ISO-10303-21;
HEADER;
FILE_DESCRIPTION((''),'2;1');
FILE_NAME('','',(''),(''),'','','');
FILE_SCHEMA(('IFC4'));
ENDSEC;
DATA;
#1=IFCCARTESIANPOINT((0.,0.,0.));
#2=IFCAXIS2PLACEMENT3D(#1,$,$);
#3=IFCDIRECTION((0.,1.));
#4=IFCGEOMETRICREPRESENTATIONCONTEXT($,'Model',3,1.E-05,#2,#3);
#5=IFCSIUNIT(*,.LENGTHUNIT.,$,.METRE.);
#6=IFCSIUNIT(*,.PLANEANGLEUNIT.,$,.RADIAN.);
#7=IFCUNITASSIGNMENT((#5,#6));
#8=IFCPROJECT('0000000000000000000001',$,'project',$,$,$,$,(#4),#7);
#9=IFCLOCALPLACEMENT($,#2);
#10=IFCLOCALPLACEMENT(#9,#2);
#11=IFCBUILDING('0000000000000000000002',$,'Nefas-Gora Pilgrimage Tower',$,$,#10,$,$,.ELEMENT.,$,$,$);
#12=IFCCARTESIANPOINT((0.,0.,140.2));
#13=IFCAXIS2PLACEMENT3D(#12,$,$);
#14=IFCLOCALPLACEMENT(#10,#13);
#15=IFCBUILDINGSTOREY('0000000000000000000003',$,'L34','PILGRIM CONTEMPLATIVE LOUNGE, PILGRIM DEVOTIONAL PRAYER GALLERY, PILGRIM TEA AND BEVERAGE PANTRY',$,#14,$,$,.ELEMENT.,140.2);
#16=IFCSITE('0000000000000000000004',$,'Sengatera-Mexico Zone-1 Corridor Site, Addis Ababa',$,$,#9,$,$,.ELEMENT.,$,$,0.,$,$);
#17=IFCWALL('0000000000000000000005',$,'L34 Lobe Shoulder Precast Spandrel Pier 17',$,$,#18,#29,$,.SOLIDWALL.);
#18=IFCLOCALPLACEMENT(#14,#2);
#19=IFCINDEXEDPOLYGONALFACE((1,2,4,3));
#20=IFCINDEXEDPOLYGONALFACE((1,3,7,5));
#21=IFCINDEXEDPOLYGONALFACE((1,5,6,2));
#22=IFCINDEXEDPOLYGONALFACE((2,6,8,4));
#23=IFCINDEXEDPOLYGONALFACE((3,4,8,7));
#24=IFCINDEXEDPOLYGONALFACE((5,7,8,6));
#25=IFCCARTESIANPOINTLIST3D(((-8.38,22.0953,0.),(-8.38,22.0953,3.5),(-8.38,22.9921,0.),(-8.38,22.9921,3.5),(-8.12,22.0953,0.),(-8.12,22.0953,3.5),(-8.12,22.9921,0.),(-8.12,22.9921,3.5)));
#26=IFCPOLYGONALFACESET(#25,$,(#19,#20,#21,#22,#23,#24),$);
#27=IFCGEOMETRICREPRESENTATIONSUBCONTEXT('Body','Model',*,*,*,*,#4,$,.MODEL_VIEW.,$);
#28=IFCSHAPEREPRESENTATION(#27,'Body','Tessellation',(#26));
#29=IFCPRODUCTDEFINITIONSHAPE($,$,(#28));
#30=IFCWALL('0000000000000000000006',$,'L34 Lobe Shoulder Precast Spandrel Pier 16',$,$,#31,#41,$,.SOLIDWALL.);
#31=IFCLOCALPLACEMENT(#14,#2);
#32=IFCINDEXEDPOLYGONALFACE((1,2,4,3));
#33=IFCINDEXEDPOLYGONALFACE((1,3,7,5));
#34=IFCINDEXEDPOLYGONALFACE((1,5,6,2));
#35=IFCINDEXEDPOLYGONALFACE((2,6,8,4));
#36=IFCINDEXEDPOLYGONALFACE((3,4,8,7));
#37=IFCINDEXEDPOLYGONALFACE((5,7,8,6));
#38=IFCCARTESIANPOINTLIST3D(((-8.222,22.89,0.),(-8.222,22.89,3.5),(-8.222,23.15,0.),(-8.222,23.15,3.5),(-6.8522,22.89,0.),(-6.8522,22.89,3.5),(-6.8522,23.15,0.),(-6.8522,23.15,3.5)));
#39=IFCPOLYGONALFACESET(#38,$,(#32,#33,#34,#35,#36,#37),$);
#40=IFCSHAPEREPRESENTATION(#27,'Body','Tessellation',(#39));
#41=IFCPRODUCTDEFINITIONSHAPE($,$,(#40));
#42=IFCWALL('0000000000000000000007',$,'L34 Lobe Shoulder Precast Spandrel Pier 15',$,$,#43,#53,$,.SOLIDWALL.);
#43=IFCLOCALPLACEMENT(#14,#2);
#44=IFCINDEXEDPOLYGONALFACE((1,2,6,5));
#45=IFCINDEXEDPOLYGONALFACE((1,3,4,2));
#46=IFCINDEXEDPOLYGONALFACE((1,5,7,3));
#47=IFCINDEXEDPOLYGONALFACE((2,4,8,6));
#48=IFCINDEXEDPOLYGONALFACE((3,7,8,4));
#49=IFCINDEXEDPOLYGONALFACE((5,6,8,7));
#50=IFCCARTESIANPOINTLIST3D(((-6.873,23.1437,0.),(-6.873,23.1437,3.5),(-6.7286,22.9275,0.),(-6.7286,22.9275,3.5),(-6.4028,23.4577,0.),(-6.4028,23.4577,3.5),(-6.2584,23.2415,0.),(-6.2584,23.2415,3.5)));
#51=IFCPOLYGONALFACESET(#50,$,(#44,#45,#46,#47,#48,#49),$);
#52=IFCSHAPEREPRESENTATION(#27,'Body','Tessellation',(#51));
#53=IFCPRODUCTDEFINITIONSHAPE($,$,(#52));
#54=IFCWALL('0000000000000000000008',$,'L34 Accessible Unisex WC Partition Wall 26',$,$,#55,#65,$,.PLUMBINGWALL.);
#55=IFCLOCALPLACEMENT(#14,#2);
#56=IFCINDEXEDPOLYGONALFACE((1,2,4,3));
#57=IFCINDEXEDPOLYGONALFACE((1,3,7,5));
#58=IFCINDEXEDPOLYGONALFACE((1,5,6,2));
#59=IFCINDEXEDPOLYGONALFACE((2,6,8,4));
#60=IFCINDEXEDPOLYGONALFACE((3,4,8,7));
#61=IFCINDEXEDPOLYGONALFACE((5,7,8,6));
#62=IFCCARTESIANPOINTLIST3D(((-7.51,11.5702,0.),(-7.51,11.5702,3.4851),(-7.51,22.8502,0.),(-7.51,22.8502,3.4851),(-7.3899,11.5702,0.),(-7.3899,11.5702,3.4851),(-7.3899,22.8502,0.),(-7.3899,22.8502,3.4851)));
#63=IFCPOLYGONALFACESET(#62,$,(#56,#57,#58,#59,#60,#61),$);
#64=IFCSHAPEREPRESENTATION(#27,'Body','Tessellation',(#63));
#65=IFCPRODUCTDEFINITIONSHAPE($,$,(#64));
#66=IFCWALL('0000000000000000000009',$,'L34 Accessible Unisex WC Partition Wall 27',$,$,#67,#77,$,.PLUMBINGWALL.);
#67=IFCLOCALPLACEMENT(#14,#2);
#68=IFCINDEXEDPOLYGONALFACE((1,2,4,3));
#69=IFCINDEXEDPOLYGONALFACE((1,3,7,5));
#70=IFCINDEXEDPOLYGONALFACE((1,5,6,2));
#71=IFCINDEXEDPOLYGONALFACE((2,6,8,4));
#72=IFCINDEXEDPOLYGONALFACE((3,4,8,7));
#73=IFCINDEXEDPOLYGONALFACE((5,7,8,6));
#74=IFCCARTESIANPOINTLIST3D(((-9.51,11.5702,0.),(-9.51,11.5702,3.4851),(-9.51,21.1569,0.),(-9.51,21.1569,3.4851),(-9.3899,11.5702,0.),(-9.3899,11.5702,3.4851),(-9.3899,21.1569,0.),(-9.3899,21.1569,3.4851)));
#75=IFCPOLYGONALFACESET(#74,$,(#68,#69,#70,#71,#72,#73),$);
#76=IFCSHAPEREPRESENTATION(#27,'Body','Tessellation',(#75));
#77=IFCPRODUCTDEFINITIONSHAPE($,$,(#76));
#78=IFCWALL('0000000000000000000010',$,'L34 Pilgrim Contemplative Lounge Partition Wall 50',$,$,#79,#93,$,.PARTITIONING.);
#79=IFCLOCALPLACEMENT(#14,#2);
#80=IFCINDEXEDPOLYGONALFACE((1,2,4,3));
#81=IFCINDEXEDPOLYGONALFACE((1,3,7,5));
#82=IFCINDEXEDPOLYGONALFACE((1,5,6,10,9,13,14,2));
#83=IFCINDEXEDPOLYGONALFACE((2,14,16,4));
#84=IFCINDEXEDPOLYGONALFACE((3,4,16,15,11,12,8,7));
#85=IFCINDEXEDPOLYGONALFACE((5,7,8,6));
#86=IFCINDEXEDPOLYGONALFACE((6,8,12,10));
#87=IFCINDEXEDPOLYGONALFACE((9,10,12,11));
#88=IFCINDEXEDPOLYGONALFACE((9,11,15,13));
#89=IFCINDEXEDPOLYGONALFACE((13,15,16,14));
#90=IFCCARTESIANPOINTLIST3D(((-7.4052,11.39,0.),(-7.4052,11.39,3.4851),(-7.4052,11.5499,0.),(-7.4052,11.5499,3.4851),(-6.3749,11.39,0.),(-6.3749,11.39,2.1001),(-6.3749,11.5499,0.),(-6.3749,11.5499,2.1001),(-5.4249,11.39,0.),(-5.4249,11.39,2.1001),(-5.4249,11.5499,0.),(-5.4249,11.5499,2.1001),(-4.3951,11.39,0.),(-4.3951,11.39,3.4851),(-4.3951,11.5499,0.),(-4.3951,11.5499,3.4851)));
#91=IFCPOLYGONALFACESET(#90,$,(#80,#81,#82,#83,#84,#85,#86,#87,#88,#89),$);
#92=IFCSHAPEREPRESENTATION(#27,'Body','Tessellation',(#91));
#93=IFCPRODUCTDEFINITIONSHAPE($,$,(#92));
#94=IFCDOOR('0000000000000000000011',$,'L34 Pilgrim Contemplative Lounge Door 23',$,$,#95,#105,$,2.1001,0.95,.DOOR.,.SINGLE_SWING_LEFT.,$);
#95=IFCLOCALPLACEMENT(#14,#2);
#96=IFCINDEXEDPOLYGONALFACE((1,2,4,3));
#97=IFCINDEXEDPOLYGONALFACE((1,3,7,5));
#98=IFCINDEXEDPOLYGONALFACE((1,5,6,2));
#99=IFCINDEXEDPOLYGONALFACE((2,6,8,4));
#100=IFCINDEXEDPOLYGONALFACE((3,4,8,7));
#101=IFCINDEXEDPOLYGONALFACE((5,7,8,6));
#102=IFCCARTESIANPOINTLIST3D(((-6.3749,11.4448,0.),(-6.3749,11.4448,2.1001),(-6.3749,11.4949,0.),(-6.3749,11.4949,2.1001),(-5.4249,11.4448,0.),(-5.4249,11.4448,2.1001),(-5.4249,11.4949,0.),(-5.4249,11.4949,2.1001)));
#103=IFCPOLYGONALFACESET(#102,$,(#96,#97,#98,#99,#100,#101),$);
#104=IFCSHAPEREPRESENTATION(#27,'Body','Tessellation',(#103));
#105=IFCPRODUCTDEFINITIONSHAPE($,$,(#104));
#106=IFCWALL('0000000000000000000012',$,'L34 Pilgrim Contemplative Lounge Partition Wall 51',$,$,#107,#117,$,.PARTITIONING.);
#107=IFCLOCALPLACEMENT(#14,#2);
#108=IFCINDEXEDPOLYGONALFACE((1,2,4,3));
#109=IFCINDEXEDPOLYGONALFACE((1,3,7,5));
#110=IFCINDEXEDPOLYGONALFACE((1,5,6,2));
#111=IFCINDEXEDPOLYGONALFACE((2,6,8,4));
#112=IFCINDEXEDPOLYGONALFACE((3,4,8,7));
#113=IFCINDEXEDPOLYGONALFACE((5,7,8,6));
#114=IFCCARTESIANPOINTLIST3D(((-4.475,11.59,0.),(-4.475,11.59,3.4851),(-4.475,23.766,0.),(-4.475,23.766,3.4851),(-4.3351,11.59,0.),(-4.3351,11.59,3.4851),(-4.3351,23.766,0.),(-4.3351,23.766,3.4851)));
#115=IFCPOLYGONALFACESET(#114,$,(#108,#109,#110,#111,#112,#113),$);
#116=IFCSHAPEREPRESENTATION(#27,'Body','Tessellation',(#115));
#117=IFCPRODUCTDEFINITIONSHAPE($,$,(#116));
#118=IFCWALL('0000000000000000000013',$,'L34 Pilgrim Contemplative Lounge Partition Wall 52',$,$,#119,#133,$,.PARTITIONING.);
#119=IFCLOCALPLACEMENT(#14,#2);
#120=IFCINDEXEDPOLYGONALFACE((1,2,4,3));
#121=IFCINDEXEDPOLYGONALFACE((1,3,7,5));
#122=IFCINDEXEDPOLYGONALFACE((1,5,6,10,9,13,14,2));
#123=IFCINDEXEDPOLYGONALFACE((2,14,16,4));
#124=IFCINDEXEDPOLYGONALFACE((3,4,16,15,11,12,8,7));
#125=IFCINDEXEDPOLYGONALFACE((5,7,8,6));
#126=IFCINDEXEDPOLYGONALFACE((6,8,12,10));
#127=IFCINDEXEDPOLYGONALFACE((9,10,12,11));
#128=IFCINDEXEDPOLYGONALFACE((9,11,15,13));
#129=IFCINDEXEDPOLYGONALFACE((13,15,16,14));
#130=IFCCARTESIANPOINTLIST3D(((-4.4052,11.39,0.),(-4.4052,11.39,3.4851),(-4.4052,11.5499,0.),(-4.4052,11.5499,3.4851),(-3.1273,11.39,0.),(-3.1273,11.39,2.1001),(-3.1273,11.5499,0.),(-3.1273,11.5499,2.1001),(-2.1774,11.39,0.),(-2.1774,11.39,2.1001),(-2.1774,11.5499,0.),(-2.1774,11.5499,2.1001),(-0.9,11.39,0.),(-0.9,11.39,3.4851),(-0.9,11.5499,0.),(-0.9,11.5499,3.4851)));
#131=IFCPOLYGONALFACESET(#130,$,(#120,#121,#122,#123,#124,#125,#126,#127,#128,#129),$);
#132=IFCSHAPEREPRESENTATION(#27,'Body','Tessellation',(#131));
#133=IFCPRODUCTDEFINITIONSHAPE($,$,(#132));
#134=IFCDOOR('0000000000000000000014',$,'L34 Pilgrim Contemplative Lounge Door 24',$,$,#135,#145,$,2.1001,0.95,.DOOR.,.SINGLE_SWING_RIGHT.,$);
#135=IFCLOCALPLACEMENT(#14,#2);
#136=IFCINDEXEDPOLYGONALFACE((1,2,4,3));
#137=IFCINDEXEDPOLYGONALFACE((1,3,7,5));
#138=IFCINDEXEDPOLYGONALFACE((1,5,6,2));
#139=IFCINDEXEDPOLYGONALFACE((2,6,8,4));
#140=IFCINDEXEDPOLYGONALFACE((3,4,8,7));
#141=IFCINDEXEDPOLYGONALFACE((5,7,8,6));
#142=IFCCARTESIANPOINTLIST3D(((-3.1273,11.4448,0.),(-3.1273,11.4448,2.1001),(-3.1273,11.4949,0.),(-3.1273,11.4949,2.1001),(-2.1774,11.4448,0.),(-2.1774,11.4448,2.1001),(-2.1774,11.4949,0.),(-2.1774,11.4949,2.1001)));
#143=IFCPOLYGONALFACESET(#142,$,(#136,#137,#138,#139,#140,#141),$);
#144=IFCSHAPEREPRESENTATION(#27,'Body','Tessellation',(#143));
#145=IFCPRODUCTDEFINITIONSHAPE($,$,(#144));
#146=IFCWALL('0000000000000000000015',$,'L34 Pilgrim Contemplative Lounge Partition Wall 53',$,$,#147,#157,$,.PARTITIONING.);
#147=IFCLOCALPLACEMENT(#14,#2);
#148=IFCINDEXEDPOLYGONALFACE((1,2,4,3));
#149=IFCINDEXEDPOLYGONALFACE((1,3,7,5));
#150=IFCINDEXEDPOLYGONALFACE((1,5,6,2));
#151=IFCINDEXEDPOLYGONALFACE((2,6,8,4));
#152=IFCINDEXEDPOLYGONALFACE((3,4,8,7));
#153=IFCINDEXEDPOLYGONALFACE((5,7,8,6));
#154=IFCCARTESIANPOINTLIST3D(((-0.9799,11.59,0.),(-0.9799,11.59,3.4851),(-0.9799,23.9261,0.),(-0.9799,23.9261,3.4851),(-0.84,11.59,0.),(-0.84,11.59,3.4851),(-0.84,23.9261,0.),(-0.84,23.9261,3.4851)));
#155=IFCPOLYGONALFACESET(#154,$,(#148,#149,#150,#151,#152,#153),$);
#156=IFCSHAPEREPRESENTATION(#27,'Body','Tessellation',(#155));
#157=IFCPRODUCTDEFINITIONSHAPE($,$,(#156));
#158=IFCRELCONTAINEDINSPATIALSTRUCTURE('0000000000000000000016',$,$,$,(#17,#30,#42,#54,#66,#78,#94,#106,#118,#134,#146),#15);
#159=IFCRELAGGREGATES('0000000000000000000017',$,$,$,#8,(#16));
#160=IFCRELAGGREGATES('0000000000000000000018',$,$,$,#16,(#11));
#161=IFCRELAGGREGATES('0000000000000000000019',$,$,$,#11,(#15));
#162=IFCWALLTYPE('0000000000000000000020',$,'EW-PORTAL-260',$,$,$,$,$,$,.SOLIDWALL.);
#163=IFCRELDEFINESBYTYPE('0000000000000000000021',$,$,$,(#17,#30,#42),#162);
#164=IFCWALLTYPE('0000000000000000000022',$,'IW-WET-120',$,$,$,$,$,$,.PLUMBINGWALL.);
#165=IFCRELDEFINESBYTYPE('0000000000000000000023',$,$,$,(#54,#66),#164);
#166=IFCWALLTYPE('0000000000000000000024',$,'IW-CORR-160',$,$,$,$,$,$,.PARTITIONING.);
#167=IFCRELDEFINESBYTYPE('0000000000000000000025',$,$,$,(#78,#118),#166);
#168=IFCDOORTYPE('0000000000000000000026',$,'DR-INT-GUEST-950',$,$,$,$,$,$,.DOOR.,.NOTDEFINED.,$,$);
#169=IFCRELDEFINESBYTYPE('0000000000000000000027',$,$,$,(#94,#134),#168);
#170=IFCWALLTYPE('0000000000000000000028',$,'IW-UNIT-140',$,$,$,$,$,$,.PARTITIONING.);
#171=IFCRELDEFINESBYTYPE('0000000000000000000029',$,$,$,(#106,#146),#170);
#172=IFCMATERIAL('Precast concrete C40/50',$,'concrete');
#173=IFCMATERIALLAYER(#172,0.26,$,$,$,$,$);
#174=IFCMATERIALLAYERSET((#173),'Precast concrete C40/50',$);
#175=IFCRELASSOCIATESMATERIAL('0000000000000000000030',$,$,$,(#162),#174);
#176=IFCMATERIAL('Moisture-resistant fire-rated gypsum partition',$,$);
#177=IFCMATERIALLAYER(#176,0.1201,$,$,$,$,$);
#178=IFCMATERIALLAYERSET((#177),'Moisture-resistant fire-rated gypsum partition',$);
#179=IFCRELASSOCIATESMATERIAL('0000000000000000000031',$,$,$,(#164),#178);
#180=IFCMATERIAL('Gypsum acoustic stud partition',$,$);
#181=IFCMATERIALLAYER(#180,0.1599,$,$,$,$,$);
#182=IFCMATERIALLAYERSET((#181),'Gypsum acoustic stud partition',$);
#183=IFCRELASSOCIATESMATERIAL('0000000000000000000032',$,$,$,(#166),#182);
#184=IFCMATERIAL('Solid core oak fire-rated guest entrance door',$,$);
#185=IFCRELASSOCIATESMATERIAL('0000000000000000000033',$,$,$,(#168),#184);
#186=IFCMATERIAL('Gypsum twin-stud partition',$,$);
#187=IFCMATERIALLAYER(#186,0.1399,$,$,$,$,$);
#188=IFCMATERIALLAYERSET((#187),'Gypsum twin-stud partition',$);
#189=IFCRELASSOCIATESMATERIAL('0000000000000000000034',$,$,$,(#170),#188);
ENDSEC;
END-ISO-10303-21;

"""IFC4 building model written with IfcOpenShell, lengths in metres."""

from ifc_helpers import new_model, si_unit, direction, frame, frame_2d, origin, place, context, subcontext, project, spatial, rectangle, extrude, source, transform, mapped, material, layer, layer_set, type_object, element, fill, save


model = new_model("IFC4")

# Units and contexts
model_context = context("Model", 3, precision=1e-05, world=origin(), true_north=direction((0.0, 1.0)))
body_context = subcontext(model_context, "Body", "Model", "MODEL_VIEW")
ifc_project = project(units=[si_unit("LENGTHUNIT", "METRE"), si_unit("PLANEANGLEUNIT", "RADIAN")], contexts=[model_context])

# Site, building, storey
site_placement = place(None, origin())
site = spatial("IfcSite", under=ifc_project, at=site_placement, Name="Sengatera-Mexico Zone-1 Corridor Site, Addis Ababa", CompositionType="ELEMENT", RefElevation=0.0)
building_placement = place(site_placement, origin())
building = spatial("IfcBuilding", under=site, at=building_placement, Name="Nefas-Gora Pilgrimage Tower", CompositionType="ELEMENT")
storey_placement = place(building_placement, frame((0.0, 0.0, 140.2)))
storey = spatial("IfcBuildingStorey", under=building, at=storey_placement, Name="L34", Description="PILGRIM CONTEMPLATIVE LOUNGE, PILGRIM DEVOTIONAL PRAYER GALLERY, PILGRIM TEA AND BEVERAGE PANTRY", CompositionType="ELEMENT", Elevation=140.2)

# Walls
ifc_material_1 = material(Name="Precast concrete C40/50", Category="concrete")
ifc_layer_1 = layer(ifc_material_1, 0.26)
ifc_layer_set_1 = layer_set([ifc_layer_1], Name="Precast concrete C40/50")
wall_type_1 = type_object("IfcWallType", Name="EW-PORTAL-260", PredefinedType="SOLIDWALL", material=ifc_layer_set_1)
shared_shape_1 = source(origin(), body_context, "Body", "SweptSolid", [
    extrude(rectangle(XDim=0.8967, YDim=0.26, at=frame_2d((0.4482, 0.0))), origin(), (0.0, 0.0, 1.0), 3.5),
])
wall_1_placement = place(storey_placement, frame((-8.25, 22.9919, 0.0), z_axis=(0.0, 0.0, 1.0), x_axis=(0.0, -1.0, 0.0)))
element("IfcWall", 1, at=wall_1_placement, inside=storey, type_object=wall_type_1, Name="L34 Lobe Shoulder Precast Spandrel Pier 17", PredefinedType="SOLIDWALL", context=body_context, shape_type="MappedRepresentation", body=[
    mapped(shared_shape_1, transform((0.0, 0.0, 0.0), x_axis=(1.0, 0.0, 0.0), y_axis=(0.0, 1.0, 0.0), z_axis=(0.0, 0.0, 1.0), scale=1.0)),
])
shared_shape_2 = source(origin(), body_context, "Body", "SweptSolid", [
    extrude(rectangle(XDim=1.3699, YDim=0.26, at=frame_2d((0.6851, 0.0))), origin(), (0.0, 0.0, 1.0), 3.5),
])
wall_2_placement = place(storey_placement, frame((-6.8521, 23.02, 0.0), z_axis=(0.0, 0.0, 1.0), x_axis=(-1.0, 0.0, 0.0)))
element("IfcWall", 2, at=wall_2_placement, inside=storey, type_object=wall_type_1, Name="L34 Lobe Shoulder Precast Spandrel Pier 16", PredefinedType="SOLIDWALL", context=body_context, shape_type="MappedRepresentation", body=[
    mapped(shared_shape_2, transform((0.0, 0.0, 0.0), x_axis=(1.0, 0.0, 0.0), y_axis=(0.0, 1.0, 0.0), z_axis=(0.0, 0.0, 1.0), scale=1.0)),
])
shared_shape_3 = source(origin(), body_context, "Body", "SweptSolid", [
    extrude(rectangle(XDim=0.5654, YDim=0.26, at=frame_2d((0.2827, 0.0))), origin(), (0.0, 0.0, 1.0), 3.5),
])
wall_3_placement = place(storey_placement, frame((-6.3306, 23.3496, 0.0), z_axis=(0.0, 0.0, 1.0), x_axis=(-0.831651, -0.555298, 0.0)))
element("IfcWall", 3, at=wall_3_placement, inside=storey, type_object=wall_type_1, Name="L34 Lobe Shoulder Precast Spandrel Pier 15", PredefinedType="SOLIDWALL", context=body_context, shape_type="MappedRepresentation", body=[
    mapped(shared_shape_3, transform((0.0, 0.0, 0.0), x_axis=(1.0, 0.0, 0.0), y_axis=(0.0, 1.0, 0.0), z_axis=(0.0, 0.0, 1.0), scale=1.0)),
])
ifc_material_2 = material(Name="Moisture-resistant fire-rated gypsum partition")
ifc_layer_2 = layer(ifc_material_2, 0.1201)
ifc_layer_set_2 = layer_set([ifc_layer_2], Name="Moisture-resistant fire-rated gypsum partition")
wall_type_2 = type_object("IfcWallType", Name="IW-WET-120", PredefinedType="PLUMBINGWALL", material=ifc_layer_set_2)
shared_shape_4 = source(origin(), body_context, "Body", "SweptSolid", [
    extrude(rectangle(XDim=11.28, YDim=0.1201, at=frame_2d((5.6401, 0.0))), origin(), (0.0, 0.0, 1.0), 3.4851),
])
wall_4_placement = place(storey_placement, frame((-7.45, 11.5701, 0.0), z_axis=(0.0, 0.0, 1.0), x_axis=(0.0, 1.0, 0.0)))
element("IfcWall", 4, at=wall_4_placement, inside=storey, type_object=wall_type_2, Name="L34 Accessible Unisex WC Partition Wall 26", PredefinedType="PLUMBINGWALL", context=body_context, shape_type="MappedRepresentation", body=[
    mapped(shared_shape_4, transform((0.0, 0.0, 0.0), x_axis=(1.0, 0.0, 0.0), y_axis=(0.0, 1.0, 0.0), z_axis=(0.0, 0.0, 1.0), scale=1.0)),
])
shared_shape_5 = source(origin(), body_context, "Body", "SweptSolid", [
    extrude(rectangle(XDim=9.5867, YDim=0.1201, at=frame_2d((4.7935, 0.0))), origin(), (0.0, 0.0, 1.0), 3.4851),
])
wall_5_placement = place(storey_placement, frame((-9.45, 11.5701, 0.0), z_axis=(0.0, 0.0, 1.0), x_axis=(0.0, 1.0, 0.0)))
element("IfcWall", 5, at=wall_5_placement, inside=storey, type_object=wall_type_2, Name="L34 Accessible Unisex WC Partition Wall 27", PredefinedType="PLUMBINGWALL", context=body_context, shape_type="MappedRepresentation", body=[
    mapped(shared_shape_5, transform((0.0, 0.0, 0.0), x_axis=(1.0, 0.0, 0.0), y_axis=(0.0, 1.0, 0.0), z_axis=(0.0, 0.0, 1.0), scale=1.0)),
])

# Wall, opening, door
ifc_material_3 = material(Name="Gypsum acoustic stud partition")
ifc_layer_3 = layer(ifc_material_3, 0.1599)
ifc_layer_set_3 = layer_set([ifc_layer_3], Name="Gypsum acoustic stud partition")
wall_type_3 = type_object("IfcWallType", Name="IW-CORR-160", PredefinedType="PARTITIONING", material=ifc_layer_set_3)
shared_shape_6 = source(origin(), body_context, "Body", "SweptSolid", [
    extrude(rectangle(XDim=3.01, YDim=0.1599, at=frame_2d((1.5049, 0.0))), origin(), (0.0, 0.0, 1.0), 3.4851),
])
wall_6_placement = place(storey_placement, frame((-7.405, 11.47, 0.0), z_axis=(0.0, 0.0, 1.0), x_axis=(1.0, 0.0, 0.0)))
wall_6 = element("IfcWall", 6, at=wall_6_placement, inside=storey, type_object=wall_type_3, Name="L34 Pilgrim Contemplative Lounge Partition Wall 50", PredefinedType="PARTITIONING", context=body_context, shape_type="MappedRepresentation", body=[
    mapped(shared_shape_6, transform((0.0, 0.0, 0.0), x_axis=(1.0, 0.0, 0.0), y_axis=(0.0, 1.0, 0.0), z_axis=(0.0, 0.0, 1.0), scale=1.0)),
])
opening_1_placement = place(wall_6_placement, frame((1.03, 0.0, 0.0)))
opening_1 = element("IfcOpeningElement", 7, at=opening_1_placement, cuts=wall_6, PredefinedType="OPENING", context=body_context, shape_type="SweptSolid", body=[
    extrude(rectangle(XDim=0.95, YDim=2.1001, at=frame_2d((0.4751, 1.05))), frame((0.0, 0.0898, 0.0), z_axis=(0.0, -1.0, 0.0), x_axis=(1.0, 0.0, 0.0)), (0.0, 0.0, 1.0), 0.1799),
])
ifc_material_4 = material(Name="Solid core oak fire-rated guest entrance door")
door_type = type_object("IfcDoorType", Name="DR-INT-GUEST-950", OperationType="NOTDEFINED", PredefinedType="DOOR", material=ifc_material_4)
shared_shape_7 = source(origin(), body_context, "Body", "SweptSolid", [
    extrude(rectangle(XDim=0.95, YDim=2.1001, at=frame_2d((0.4751, 1.05))), frame((0.0, 0.0249, 0.0), z_axis=(0.0, -1.0, 0.0), x_axis=(1.0, 0.0, 0.0)), (0.0, 0.0, 1.0), 0.05),
])
door_1_placement = place(opening_1_placement, origin())
door_1 = element("IfcDoor", 8, at=door_1_placement, inside=storey, type_object=door_type, Name="L34 Pilgrim Contemplative Lounge Door 23", OperationType="SINGLE_SWING_LEFT", OverallHeight=2.1001, OverallWidth=0.95, PredefinedType="DOOR", context=body_context, shape_type="MappedRepresentation", body=[
    mapped(shared_shape_7, transform((0.0, 0.0, 0.0), x_axis=(1.0, 0.0, 0.0), y_axis=(0.0, 1.0, 0.0), z_axis=(0.0, 0.0, 1.0), scale=1.0)),
])
fill(opening_1, door_1)

# Wall
ifc_material_5 = material(Name="Gypsum twin-stud partition")
ifc_layer_4 = layer(ifc_material_5, 0.1399)
ifc_layer_set_4 = layer_set([ifc_layer_4], Name="Gypsum twin-stud partition")
wall_type_4 = type_object("IfcWallType", Name="IW-UNIT-140", PredefinedType="PARTITIONING", material=ifc_layer_set_4)
shared_shape_8 = source(origin(), body_context, "Body", "SweptSolid", [
    extrude(rectangle(XDim=12.176, YDim=0.1399, at=frame_2d((6.0879, 0.0))), origin(), (0.0, 0.0, 1.0), 3.4851),
])
wall_7_placement = place(storey_placement, frame((-4.405, 11.5901, 0.0), z_axis=(0.0, 0.0, 1.0), x_axis=(0.0, 1.0, 0.0)))
element("IfcWall", 9, at=wall_7_placement, inside=storey, type_object=wall_type_4, Name="L34 Pilgrim Contemplative Lounge Partition Wall 51", PredefinedType="PARTITIONING", context=body_context, shape_type="MappedRepresentation", body=[
    mapped(shared_shape_8, transform((0.0, 0.0, 0.0), x_axis=(1.0, 0.0, 0.0), y_axis=(0.0, 1.0, 0.0), z_axis=(0.0, 0.0, 1.0), scale=1.0)),
])

# Wall, opening, door
shared_shape_9 = source(origin(), body_context, "Body", "SweptSolid", [
    extrude(rectangle(XDim=3.5051, YDim=0.1599, at=frame_2d((1.7524, 0.0))), origin(), (0.0, 0.0, 1.0), 3.4851),
])
wall_8_placement = place(storey_placement, frame((-4.405, 11.47, 0.0), z_axis=(0.0, 0.0, 1.0), x_axis=(1.0, 0.0, 0.0)))
wall_8 = element("IfcWall", 10, at=wall_8_placement, inside=storey, type_object=wall_type_3, Name="L34 Pilgrim Contemplative Lounge Partition Wall 52", PredefinedType="PARTITIONING", context=body_context, shape_type="MappedRepresentation", body=[
    mapped(shared_shape_9, transform((0.0, 0.0, 0.0), x_axis=(1.0, 0.0, 0.0), y_axis=(0.0, 1.0, 0.0), z_axis=(0.0, 0.0, 1.0), scale=1.0)),
])
opening_2_placement = place(wall_8_placement, frame((1.2776, 0.0, 0.0)))
opening_2 = element("IfcOpeningElement", 11, at=opening_2_placement, cuts=wall_8, PredefinedType="OPENING", context=body_context, shape_type="SweptSolid", body=[
    extrude(rectangle(XDim=0.95, YDim=2.1001, at=frame_2d((0.4751, 1.05))), frame((0.0, 0.0898, 0.0), z_axis=(0.0, -1.0, 0.0), x_axis=(1.0, 0.0, 0.0)), (0.0, 0.0, 1.0), 0.1799),
])
door_2_placement = place(opening_2_placement, origin())
door_2 = element("IfcDoor", 12, at=door_2_placement, inside=storey, type_object=door_type, Name="L34 Pilgrim Contemplative Lounge Door 24", OperationType="SINGLE_SWING_RIGHT", OverallHeight=2.1001, OverallWidth=0.95, PredefinedType="DOOR", context=body_context, shape_type="MappedRepresentation", body=[
    mapped(shared_shape_7, transform((0.0, 0.0, 0.0), x_axis=(1.0, 0.0, 0.0), y_axis=(0.0, 1.0, 0.0), z_axis=(0.0, 0.0, 1.0), scale=1.0)),
])
fill(opening_2, door_2)

# Wall
shared_shape_10 = source(origin(), body_context, "Body", "SweptSolid", [
    extrude(rectangle(XDim=12.3362, YDim=0.1399, at=frame_2d((6.168, 0.0))), origin(), (0.0, 0.0, 1.0), 3.4851),
])
wall_9_placement = place(storey_placement, frame((-0.9099, 11.5901, 0.0), z_axis=(0.0, 0.0, 1.0), x_axis=(0.0, 1.0, 0.0)))
element("IfcWall", 13, at=wall_9_placement, inside=storey, type_object=wall_type_4, Name="L34 Pilgrim Contemplative Lounge Partition Wall 53", PredefinedType="PARTITIONING", context=body_context, shape_type="MappedRepresentation", body=[
    mapped(shared_shape_10, transform((0.0, 0.0, 0.0), x_axis=(1.0, 0.0, 0.0), y_axis=(0.0, 1.0, 0.0), z_axis=(0.0, 0.0, 1.0), scale=1.0)),
])

save(model, "model.ifc")
